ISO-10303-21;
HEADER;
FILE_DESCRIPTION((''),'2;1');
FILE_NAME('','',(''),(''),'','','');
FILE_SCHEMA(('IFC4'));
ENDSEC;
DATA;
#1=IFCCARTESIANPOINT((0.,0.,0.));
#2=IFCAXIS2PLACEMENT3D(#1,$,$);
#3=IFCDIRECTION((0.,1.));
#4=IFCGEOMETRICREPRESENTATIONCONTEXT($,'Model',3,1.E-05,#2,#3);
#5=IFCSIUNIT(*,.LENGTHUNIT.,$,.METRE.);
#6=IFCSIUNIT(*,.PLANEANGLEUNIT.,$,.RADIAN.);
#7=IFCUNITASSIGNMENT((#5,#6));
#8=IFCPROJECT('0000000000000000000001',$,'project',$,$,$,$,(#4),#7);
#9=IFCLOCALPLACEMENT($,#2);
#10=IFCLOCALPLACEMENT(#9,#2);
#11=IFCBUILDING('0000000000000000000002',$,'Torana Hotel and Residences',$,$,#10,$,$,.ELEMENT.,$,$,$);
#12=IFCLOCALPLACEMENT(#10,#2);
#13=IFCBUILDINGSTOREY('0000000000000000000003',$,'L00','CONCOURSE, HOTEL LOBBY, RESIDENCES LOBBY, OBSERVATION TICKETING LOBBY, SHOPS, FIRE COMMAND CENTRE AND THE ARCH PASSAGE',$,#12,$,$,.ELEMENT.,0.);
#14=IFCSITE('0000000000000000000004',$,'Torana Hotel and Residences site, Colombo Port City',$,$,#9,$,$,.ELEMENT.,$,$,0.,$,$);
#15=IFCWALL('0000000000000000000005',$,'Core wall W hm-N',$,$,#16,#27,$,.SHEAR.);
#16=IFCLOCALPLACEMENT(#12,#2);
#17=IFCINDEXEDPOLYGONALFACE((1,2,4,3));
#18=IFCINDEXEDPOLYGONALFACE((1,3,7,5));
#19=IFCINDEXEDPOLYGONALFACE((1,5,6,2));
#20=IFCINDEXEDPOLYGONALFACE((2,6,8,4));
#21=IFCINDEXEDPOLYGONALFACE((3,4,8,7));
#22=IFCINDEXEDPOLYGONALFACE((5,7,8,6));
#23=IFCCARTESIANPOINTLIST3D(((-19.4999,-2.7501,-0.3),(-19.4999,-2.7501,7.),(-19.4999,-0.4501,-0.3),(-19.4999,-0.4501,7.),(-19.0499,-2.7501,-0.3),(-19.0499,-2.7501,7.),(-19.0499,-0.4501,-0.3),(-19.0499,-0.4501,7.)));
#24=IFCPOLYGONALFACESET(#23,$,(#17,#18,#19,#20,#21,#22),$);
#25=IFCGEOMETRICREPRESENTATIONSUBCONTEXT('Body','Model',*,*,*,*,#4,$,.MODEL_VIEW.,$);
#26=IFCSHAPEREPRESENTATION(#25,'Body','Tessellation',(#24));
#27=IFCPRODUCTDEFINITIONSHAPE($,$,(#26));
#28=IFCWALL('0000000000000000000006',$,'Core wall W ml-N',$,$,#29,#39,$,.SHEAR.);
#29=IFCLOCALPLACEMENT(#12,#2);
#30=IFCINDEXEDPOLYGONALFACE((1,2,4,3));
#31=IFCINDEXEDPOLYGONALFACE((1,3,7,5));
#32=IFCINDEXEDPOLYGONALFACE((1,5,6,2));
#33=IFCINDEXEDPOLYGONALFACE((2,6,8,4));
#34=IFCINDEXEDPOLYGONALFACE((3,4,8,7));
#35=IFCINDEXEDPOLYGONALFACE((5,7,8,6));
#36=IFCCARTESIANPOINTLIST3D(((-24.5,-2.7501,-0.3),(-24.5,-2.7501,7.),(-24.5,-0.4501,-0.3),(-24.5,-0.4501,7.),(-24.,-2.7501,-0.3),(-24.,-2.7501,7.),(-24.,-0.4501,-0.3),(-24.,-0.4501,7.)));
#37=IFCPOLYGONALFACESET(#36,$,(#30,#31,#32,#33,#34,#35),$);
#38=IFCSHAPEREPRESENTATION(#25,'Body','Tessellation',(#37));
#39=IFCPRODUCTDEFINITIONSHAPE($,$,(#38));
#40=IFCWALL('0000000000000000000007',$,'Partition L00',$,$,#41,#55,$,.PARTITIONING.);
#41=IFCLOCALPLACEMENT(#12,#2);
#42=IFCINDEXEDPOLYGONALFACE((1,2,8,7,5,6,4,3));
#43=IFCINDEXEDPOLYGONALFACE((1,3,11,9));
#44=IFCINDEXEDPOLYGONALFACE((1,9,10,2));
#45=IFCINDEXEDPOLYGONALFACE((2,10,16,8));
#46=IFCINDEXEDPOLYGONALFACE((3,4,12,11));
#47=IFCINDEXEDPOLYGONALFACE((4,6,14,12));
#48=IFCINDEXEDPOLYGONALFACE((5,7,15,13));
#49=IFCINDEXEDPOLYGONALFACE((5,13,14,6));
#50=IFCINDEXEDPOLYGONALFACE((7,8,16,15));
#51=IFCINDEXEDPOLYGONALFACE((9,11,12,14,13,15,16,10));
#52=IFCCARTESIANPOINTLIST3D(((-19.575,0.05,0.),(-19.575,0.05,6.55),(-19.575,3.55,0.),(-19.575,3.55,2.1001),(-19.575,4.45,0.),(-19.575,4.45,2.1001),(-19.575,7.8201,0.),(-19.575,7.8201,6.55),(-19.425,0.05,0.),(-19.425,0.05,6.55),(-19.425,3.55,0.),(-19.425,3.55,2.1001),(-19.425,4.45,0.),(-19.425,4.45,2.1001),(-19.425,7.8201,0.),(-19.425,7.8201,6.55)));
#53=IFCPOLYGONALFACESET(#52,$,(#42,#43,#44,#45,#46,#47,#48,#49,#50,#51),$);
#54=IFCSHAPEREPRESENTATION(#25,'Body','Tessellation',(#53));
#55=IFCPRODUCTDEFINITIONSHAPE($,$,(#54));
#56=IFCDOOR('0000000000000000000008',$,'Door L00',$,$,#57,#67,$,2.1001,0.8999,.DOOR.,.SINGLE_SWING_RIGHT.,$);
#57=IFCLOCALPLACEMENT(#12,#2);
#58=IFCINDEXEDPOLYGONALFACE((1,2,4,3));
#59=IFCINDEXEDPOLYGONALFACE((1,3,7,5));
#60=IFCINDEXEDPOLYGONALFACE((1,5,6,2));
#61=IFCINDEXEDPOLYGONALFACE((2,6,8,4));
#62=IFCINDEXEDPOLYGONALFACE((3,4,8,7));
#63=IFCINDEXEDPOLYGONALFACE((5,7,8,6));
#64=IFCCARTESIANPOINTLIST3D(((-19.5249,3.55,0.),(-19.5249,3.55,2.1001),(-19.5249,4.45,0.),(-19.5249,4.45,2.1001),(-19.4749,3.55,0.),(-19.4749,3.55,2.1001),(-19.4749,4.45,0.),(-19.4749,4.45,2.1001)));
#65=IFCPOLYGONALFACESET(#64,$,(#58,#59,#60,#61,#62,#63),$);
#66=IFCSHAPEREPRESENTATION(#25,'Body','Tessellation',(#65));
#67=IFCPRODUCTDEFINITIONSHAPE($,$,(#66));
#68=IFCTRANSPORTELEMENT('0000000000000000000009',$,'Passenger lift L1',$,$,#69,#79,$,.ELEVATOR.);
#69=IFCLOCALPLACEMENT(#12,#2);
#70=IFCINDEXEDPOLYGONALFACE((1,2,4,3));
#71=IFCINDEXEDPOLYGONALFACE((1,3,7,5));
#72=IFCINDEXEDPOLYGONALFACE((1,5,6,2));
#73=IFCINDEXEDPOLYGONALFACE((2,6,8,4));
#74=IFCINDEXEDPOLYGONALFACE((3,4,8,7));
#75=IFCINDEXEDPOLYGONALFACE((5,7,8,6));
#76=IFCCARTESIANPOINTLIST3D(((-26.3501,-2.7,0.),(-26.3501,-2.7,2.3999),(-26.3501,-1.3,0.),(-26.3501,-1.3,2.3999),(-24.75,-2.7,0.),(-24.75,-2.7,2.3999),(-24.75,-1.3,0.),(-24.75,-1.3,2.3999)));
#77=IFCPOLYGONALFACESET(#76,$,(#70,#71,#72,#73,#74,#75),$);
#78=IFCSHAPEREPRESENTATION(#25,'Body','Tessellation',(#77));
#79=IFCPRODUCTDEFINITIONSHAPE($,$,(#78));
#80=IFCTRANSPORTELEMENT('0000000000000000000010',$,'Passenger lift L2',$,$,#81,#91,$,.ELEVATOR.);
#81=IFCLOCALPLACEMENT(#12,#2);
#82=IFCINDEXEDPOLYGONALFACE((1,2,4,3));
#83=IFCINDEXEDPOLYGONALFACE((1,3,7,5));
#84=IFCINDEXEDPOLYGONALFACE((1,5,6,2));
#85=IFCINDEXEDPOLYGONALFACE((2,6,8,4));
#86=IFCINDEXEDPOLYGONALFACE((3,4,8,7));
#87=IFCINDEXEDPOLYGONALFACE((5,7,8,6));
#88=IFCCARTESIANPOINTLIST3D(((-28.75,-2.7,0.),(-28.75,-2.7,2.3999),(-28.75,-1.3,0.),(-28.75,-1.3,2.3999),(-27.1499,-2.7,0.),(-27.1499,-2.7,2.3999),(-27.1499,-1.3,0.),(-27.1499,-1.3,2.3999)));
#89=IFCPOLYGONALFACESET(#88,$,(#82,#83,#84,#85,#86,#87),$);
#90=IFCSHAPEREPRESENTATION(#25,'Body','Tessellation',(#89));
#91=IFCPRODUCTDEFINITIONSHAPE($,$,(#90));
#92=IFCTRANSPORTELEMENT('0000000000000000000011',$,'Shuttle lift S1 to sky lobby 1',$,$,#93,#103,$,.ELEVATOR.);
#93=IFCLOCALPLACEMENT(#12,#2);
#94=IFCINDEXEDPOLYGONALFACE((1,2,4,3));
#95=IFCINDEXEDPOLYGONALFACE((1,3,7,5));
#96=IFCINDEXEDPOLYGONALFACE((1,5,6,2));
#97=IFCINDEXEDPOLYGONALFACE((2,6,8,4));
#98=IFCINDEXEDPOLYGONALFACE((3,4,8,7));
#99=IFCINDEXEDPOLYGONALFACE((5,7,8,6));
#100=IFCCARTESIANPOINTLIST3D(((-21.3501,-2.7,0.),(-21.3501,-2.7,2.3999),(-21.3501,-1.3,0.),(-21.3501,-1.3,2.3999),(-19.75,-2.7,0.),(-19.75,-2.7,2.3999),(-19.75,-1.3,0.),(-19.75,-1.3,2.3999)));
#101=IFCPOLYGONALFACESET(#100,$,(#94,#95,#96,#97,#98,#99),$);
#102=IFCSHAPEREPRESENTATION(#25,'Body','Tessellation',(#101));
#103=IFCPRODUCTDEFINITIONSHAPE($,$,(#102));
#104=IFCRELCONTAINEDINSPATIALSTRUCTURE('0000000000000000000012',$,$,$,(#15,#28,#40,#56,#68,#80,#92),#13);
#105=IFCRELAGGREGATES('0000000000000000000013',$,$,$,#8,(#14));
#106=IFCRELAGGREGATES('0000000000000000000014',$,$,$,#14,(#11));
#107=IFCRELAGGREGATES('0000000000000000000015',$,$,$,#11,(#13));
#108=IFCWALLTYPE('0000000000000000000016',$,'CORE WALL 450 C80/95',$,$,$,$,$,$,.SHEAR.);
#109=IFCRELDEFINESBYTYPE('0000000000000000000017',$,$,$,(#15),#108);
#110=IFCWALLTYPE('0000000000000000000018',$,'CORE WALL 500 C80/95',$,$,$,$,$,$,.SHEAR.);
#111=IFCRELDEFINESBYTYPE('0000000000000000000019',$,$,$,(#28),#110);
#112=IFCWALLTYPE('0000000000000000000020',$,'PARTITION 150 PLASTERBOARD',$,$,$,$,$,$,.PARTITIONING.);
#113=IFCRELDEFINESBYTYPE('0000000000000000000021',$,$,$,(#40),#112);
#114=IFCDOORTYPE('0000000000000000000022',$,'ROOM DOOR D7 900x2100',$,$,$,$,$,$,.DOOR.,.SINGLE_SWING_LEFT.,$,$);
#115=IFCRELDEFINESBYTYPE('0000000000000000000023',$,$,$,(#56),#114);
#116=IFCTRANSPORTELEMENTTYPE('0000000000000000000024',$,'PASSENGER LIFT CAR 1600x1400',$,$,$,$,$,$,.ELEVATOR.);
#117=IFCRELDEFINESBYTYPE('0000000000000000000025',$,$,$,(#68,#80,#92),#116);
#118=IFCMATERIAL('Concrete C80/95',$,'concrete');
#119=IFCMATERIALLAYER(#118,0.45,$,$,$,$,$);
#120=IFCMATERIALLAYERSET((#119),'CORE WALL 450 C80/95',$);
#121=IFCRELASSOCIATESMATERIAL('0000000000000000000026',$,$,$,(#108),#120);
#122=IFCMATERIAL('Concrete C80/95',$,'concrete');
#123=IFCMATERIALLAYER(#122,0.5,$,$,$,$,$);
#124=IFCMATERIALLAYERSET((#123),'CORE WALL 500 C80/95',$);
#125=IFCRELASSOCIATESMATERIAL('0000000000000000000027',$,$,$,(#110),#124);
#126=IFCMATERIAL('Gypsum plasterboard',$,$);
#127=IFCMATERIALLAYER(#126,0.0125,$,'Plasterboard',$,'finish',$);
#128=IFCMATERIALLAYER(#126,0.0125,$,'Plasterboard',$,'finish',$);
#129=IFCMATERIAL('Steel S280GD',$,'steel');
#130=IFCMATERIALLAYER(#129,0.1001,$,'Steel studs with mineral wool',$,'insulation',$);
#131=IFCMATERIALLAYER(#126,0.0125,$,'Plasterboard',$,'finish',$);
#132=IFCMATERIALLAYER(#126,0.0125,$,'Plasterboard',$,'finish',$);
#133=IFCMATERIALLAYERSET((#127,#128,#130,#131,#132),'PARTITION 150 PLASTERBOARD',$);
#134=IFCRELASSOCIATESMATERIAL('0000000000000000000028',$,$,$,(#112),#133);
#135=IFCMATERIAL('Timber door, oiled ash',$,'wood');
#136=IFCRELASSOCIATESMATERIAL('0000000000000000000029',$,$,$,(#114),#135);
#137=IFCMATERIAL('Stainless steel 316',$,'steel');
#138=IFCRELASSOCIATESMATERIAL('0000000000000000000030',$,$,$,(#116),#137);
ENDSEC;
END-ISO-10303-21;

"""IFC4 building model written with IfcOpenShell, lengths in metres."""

from ifc_helpers import new_model, si_unit, direction, frame, frame_2d, origin, origin_2d, place, context, subcontext, project, spatial, rectangle, extrude, material, layer, layer_set, type_object, element, fill, save


model = new_model("IFC4")

# Units and contexts
model_context = context("Model", 3, precision=1e-05, world=origin(), true_north=direction((0.0, 1.0)))
body_context = subcontext(model_context, "Body", "Model", "MODEL_VIEW")
ifc_project = project(units=[si_unit("LENGTHUNIT", "METRE"), si_unit("PLANEANGLEUNIT", "RADIAN")], contexts=[model_context])

# Site, building, storey
site_placement = place(None, origin())
site = spatial("IfcSite", under=ifc_project, at=site_placement, Name="Torana Hotel and Residences site, Colombo Port City", CompositionType="ELEMENT", RefElevation=0.0)
building_placement = place(site_placement, origin())
building = spatial("IfcBuilding", under=site, at=building_placement, Name="Torana Hotel and Residences", CompositionType="ELEMENT")
storey_placement = place(building_placement, origin())
storey = spatial("IfcBuildingStorey", under=building, at=storey_placement, Name="L00", Description="CONCOURSE, HOTEL LOBBY, RESIDENCES LOBBY, OBSERVATION TICKETING LOBBY, SHOPS, FIRE COMMAND CENTRE AND THE ARCH PASSAGE", CompositionType="ELEMENT", Elevation=0.0)

# Walls
ifc_material_1 = material(Name="Concrete C80/95", Category="concrete")
ifc_layer_1 = layer(ifc_material_1, 0.45)
ifc_layer_set_1 = layer_set([ifc_layer_1], Name="CORE WALL 450 C80/95")
wall_type_1 = type_object("IfcWallType", Name="CORE WALL 450 C80/95", PredefinedType="SHEAR", material=ifc_layer_set_1)
wall_1_placement = place(storey_placement, frame((-19.2749, -2.75, -0.3), z_axis=(0.0, 0.0, 1.0), x_axis=(0.0, 1.0, 0.0)))
element("IfcWall", 1, at=wall_1_placement, inside=storey, type_object=wall_type_1, Name="Core wall W hm-N", PredefinedType="SHEAR", context=body_context, shape_type="SweptSolid", body=[
    extrude(rectangle(XDim=2.3, YDim=0.45, at=frame_2d((1.1499, 0.0))), origin(), (0.0, 0.0, 1.0), 7.3),
])
ifc_material_2 = material(Name="Concrete C80/95", Category="concrete")
ifc_layer_2 = layer(ifc_material_2, 0.5)
ifc_layer_set_2 = layer_set([ifc_layer_2], Name="CORE WALL 500 C80/95")
wall_type_2 = type_object("IfcWallType", Name="CORE WALL 500 C80/95", PredefinedType="SHEAR", material=ifc_layer_set_2)
wall_2_placement = place(storey_placement, frame((-24.25, -2.75, -0.3), z_axis=(0.0, 0.0, 1.0), x_axis=(0.0, 1.0, 0.0)))
element("IfcWall", 2, at=wall_2_placement, inside=storey, type_object=wall_type_2, Name="Core wall W ml-N", PredefinedType="SHEAR", context=body_context, shape_type="SweptSolid", body=[
    extrude(rectangle(XDim=2.3, YDim=0.5, at=frame_2d((1.1499, 0.0))), origin(), (0.0, 0.0, 1.0), 7.3),
])

# Wall, opening, door
ifc_material_3 = material(Name="Gypsum plasterboard")
ifc_layer_3 = layer(ifc_material_3, 0.0125, Name="Plasterboard", Category="finish")
ifc_layer_4 = layer(ifc_material_3, 0.0125, Name="Plasterboard", Category="finish")
ifc_material_4 = material(Name="Steel S280GD", Category="steel")
ifc_layer_5 = layer(ifc_material_4, 0.1001, Name="Steel studs with mineral wool", Category="insulation")
ifc_layer_6 = layer(ifc_material_3, 0.0125, Name="Plasterboard", Category="finish")
ifc_layer_7 = layer(ifc_material_3, 0.0125, Name="Plasterboard", Category="finish")
ifc_layer_set_3 = layer_set([ifc_layer_3, ifc_layer_4, ifc_layer_5, ifc_layer_6, ifc_layer_7], Name="PARTITION 150 PLASTERBOARD")
wall_type_3 = type_object("IfcWallType", Name="PARTITION 150 PLASTERBOARD", PredefinedType="PARTITIONING", material=ifc_layer_set_3)
wall_3_placement = place(storey_placement, frame((-19.5, 0.05, 0.0), z_axis=(0.0, 0.0, 1.0), x_axis=(0.0, 1.0, 0.0)))
wall_3 = element("IfcWall", 3, at=wall_3_placement, inside=storey, type_object=wall_type_3, Name="Partition L00", PredefinedType="PARTITIONING", context=body_context, shape_type="SweptSolid", body=[
    extrude(rectangle(XDim=7.77, YDim=0.1499, at=frame_2d((3.885, 0.0))), origin(), (0.0, 0.0, 1.0), 6.55),
])
opening_1_placement = place(wall_3_placement, frame((3.5, 0.0, 0.0)))
opening_1 = element("IfcOpeningElement", 4, at=opening_1_placement, cuts=wall_3, PredefinedType="OPENING", context=body_context, shape_type="SweptSolid", body=[
    extrude(rectangle(XDim=0.8999, YDim=2.1001, at=frame_2d((0.45, 1.05))), frame((0.0, 0.085, 0.0), z_axis=(0.0, -1.0, 0.0), x_axis=(1.0, 0.0, 0.0)), (0.0, 0.0, 1.0), 0.1699),
])
ifc_material_5 = material(Name="Timber door, oiled ash", Category="wood")
door_type_1 = type_object("IfcDoorType", Name="ROOM DOOR D7 900x2100", OperationType="SINGLE_SWING_LEFT", PredefinedType="DOOR", material=ifc_material_5)
door_1_placement = place(opening_1_placement, origin())
door_1 = element("IfcDoor", 5, at=door_1_placement, inside=storey, type_object=door_type_1, Name="Door L00", OperationType="SINGLE_SWING_RIGHT", OverallHeight=2.1001, OverallWidth=0.8999, PredefinedType="DOOR", context=body_context, shape_type="SweptSolid", body=[
    extrude(rectangle(XDim=0.8999, YDim=2.1001, at=frame_2d((0.45, 1.05))), frame((0.0, 0.0249, 0.0), z_axis=(0.0, -1.0, 0.0), x_axis=(1.0, 0.0, 0.0)), (0.0, 0.0, 1.0), 0.05),
])
fill(opening_1, door_1)

# Transport elements
ifc_material_6 = material(Name="Stainless steel 316", Category="steel")
transport_element_type = type_object("IfcTransportElementType", Name="PASSENGER LIFT CAR 1600x1400", PredefinedType="ELEVATOR", material=ifc_material_6)
for number, where, z_axis, x_axis, name in (
    (6, (-25.55, -2.0, 0.0), (0.0, 0.0, 1.0), (1.0, 0.0, 0.0), "Passenger lift L1"),
    (7, (-27.95, -2.0, 0.0), (0.0, 0.0, 1.0), (1.0, 0.0, 0.0), "Passenger lift L2"),
    (8, (-20.55, -2.0, 0.0), (0.0, 0.0, 1.0), (1.0, 0.0, 0.0), "Shuttle lift S1 to sky lobby 1"),
):
    element("IfcTransportElement", number, at=place(storey_placement, frame(where, z_axis=z_axis, x_axis=x_axis)), inside=storey, type_object=transport_element_type, Name=name, PredefinedType="ELEVATOR", context=body_context, shape_type="SweptSolid", body=[
        extrude(rectangle(XDim=1.6001, YDim=1.3999, at=origin_2d()), origin(), (0.0, 0.0, 1.0), 2.3999),
    ])

save(model, "model.ifc")
